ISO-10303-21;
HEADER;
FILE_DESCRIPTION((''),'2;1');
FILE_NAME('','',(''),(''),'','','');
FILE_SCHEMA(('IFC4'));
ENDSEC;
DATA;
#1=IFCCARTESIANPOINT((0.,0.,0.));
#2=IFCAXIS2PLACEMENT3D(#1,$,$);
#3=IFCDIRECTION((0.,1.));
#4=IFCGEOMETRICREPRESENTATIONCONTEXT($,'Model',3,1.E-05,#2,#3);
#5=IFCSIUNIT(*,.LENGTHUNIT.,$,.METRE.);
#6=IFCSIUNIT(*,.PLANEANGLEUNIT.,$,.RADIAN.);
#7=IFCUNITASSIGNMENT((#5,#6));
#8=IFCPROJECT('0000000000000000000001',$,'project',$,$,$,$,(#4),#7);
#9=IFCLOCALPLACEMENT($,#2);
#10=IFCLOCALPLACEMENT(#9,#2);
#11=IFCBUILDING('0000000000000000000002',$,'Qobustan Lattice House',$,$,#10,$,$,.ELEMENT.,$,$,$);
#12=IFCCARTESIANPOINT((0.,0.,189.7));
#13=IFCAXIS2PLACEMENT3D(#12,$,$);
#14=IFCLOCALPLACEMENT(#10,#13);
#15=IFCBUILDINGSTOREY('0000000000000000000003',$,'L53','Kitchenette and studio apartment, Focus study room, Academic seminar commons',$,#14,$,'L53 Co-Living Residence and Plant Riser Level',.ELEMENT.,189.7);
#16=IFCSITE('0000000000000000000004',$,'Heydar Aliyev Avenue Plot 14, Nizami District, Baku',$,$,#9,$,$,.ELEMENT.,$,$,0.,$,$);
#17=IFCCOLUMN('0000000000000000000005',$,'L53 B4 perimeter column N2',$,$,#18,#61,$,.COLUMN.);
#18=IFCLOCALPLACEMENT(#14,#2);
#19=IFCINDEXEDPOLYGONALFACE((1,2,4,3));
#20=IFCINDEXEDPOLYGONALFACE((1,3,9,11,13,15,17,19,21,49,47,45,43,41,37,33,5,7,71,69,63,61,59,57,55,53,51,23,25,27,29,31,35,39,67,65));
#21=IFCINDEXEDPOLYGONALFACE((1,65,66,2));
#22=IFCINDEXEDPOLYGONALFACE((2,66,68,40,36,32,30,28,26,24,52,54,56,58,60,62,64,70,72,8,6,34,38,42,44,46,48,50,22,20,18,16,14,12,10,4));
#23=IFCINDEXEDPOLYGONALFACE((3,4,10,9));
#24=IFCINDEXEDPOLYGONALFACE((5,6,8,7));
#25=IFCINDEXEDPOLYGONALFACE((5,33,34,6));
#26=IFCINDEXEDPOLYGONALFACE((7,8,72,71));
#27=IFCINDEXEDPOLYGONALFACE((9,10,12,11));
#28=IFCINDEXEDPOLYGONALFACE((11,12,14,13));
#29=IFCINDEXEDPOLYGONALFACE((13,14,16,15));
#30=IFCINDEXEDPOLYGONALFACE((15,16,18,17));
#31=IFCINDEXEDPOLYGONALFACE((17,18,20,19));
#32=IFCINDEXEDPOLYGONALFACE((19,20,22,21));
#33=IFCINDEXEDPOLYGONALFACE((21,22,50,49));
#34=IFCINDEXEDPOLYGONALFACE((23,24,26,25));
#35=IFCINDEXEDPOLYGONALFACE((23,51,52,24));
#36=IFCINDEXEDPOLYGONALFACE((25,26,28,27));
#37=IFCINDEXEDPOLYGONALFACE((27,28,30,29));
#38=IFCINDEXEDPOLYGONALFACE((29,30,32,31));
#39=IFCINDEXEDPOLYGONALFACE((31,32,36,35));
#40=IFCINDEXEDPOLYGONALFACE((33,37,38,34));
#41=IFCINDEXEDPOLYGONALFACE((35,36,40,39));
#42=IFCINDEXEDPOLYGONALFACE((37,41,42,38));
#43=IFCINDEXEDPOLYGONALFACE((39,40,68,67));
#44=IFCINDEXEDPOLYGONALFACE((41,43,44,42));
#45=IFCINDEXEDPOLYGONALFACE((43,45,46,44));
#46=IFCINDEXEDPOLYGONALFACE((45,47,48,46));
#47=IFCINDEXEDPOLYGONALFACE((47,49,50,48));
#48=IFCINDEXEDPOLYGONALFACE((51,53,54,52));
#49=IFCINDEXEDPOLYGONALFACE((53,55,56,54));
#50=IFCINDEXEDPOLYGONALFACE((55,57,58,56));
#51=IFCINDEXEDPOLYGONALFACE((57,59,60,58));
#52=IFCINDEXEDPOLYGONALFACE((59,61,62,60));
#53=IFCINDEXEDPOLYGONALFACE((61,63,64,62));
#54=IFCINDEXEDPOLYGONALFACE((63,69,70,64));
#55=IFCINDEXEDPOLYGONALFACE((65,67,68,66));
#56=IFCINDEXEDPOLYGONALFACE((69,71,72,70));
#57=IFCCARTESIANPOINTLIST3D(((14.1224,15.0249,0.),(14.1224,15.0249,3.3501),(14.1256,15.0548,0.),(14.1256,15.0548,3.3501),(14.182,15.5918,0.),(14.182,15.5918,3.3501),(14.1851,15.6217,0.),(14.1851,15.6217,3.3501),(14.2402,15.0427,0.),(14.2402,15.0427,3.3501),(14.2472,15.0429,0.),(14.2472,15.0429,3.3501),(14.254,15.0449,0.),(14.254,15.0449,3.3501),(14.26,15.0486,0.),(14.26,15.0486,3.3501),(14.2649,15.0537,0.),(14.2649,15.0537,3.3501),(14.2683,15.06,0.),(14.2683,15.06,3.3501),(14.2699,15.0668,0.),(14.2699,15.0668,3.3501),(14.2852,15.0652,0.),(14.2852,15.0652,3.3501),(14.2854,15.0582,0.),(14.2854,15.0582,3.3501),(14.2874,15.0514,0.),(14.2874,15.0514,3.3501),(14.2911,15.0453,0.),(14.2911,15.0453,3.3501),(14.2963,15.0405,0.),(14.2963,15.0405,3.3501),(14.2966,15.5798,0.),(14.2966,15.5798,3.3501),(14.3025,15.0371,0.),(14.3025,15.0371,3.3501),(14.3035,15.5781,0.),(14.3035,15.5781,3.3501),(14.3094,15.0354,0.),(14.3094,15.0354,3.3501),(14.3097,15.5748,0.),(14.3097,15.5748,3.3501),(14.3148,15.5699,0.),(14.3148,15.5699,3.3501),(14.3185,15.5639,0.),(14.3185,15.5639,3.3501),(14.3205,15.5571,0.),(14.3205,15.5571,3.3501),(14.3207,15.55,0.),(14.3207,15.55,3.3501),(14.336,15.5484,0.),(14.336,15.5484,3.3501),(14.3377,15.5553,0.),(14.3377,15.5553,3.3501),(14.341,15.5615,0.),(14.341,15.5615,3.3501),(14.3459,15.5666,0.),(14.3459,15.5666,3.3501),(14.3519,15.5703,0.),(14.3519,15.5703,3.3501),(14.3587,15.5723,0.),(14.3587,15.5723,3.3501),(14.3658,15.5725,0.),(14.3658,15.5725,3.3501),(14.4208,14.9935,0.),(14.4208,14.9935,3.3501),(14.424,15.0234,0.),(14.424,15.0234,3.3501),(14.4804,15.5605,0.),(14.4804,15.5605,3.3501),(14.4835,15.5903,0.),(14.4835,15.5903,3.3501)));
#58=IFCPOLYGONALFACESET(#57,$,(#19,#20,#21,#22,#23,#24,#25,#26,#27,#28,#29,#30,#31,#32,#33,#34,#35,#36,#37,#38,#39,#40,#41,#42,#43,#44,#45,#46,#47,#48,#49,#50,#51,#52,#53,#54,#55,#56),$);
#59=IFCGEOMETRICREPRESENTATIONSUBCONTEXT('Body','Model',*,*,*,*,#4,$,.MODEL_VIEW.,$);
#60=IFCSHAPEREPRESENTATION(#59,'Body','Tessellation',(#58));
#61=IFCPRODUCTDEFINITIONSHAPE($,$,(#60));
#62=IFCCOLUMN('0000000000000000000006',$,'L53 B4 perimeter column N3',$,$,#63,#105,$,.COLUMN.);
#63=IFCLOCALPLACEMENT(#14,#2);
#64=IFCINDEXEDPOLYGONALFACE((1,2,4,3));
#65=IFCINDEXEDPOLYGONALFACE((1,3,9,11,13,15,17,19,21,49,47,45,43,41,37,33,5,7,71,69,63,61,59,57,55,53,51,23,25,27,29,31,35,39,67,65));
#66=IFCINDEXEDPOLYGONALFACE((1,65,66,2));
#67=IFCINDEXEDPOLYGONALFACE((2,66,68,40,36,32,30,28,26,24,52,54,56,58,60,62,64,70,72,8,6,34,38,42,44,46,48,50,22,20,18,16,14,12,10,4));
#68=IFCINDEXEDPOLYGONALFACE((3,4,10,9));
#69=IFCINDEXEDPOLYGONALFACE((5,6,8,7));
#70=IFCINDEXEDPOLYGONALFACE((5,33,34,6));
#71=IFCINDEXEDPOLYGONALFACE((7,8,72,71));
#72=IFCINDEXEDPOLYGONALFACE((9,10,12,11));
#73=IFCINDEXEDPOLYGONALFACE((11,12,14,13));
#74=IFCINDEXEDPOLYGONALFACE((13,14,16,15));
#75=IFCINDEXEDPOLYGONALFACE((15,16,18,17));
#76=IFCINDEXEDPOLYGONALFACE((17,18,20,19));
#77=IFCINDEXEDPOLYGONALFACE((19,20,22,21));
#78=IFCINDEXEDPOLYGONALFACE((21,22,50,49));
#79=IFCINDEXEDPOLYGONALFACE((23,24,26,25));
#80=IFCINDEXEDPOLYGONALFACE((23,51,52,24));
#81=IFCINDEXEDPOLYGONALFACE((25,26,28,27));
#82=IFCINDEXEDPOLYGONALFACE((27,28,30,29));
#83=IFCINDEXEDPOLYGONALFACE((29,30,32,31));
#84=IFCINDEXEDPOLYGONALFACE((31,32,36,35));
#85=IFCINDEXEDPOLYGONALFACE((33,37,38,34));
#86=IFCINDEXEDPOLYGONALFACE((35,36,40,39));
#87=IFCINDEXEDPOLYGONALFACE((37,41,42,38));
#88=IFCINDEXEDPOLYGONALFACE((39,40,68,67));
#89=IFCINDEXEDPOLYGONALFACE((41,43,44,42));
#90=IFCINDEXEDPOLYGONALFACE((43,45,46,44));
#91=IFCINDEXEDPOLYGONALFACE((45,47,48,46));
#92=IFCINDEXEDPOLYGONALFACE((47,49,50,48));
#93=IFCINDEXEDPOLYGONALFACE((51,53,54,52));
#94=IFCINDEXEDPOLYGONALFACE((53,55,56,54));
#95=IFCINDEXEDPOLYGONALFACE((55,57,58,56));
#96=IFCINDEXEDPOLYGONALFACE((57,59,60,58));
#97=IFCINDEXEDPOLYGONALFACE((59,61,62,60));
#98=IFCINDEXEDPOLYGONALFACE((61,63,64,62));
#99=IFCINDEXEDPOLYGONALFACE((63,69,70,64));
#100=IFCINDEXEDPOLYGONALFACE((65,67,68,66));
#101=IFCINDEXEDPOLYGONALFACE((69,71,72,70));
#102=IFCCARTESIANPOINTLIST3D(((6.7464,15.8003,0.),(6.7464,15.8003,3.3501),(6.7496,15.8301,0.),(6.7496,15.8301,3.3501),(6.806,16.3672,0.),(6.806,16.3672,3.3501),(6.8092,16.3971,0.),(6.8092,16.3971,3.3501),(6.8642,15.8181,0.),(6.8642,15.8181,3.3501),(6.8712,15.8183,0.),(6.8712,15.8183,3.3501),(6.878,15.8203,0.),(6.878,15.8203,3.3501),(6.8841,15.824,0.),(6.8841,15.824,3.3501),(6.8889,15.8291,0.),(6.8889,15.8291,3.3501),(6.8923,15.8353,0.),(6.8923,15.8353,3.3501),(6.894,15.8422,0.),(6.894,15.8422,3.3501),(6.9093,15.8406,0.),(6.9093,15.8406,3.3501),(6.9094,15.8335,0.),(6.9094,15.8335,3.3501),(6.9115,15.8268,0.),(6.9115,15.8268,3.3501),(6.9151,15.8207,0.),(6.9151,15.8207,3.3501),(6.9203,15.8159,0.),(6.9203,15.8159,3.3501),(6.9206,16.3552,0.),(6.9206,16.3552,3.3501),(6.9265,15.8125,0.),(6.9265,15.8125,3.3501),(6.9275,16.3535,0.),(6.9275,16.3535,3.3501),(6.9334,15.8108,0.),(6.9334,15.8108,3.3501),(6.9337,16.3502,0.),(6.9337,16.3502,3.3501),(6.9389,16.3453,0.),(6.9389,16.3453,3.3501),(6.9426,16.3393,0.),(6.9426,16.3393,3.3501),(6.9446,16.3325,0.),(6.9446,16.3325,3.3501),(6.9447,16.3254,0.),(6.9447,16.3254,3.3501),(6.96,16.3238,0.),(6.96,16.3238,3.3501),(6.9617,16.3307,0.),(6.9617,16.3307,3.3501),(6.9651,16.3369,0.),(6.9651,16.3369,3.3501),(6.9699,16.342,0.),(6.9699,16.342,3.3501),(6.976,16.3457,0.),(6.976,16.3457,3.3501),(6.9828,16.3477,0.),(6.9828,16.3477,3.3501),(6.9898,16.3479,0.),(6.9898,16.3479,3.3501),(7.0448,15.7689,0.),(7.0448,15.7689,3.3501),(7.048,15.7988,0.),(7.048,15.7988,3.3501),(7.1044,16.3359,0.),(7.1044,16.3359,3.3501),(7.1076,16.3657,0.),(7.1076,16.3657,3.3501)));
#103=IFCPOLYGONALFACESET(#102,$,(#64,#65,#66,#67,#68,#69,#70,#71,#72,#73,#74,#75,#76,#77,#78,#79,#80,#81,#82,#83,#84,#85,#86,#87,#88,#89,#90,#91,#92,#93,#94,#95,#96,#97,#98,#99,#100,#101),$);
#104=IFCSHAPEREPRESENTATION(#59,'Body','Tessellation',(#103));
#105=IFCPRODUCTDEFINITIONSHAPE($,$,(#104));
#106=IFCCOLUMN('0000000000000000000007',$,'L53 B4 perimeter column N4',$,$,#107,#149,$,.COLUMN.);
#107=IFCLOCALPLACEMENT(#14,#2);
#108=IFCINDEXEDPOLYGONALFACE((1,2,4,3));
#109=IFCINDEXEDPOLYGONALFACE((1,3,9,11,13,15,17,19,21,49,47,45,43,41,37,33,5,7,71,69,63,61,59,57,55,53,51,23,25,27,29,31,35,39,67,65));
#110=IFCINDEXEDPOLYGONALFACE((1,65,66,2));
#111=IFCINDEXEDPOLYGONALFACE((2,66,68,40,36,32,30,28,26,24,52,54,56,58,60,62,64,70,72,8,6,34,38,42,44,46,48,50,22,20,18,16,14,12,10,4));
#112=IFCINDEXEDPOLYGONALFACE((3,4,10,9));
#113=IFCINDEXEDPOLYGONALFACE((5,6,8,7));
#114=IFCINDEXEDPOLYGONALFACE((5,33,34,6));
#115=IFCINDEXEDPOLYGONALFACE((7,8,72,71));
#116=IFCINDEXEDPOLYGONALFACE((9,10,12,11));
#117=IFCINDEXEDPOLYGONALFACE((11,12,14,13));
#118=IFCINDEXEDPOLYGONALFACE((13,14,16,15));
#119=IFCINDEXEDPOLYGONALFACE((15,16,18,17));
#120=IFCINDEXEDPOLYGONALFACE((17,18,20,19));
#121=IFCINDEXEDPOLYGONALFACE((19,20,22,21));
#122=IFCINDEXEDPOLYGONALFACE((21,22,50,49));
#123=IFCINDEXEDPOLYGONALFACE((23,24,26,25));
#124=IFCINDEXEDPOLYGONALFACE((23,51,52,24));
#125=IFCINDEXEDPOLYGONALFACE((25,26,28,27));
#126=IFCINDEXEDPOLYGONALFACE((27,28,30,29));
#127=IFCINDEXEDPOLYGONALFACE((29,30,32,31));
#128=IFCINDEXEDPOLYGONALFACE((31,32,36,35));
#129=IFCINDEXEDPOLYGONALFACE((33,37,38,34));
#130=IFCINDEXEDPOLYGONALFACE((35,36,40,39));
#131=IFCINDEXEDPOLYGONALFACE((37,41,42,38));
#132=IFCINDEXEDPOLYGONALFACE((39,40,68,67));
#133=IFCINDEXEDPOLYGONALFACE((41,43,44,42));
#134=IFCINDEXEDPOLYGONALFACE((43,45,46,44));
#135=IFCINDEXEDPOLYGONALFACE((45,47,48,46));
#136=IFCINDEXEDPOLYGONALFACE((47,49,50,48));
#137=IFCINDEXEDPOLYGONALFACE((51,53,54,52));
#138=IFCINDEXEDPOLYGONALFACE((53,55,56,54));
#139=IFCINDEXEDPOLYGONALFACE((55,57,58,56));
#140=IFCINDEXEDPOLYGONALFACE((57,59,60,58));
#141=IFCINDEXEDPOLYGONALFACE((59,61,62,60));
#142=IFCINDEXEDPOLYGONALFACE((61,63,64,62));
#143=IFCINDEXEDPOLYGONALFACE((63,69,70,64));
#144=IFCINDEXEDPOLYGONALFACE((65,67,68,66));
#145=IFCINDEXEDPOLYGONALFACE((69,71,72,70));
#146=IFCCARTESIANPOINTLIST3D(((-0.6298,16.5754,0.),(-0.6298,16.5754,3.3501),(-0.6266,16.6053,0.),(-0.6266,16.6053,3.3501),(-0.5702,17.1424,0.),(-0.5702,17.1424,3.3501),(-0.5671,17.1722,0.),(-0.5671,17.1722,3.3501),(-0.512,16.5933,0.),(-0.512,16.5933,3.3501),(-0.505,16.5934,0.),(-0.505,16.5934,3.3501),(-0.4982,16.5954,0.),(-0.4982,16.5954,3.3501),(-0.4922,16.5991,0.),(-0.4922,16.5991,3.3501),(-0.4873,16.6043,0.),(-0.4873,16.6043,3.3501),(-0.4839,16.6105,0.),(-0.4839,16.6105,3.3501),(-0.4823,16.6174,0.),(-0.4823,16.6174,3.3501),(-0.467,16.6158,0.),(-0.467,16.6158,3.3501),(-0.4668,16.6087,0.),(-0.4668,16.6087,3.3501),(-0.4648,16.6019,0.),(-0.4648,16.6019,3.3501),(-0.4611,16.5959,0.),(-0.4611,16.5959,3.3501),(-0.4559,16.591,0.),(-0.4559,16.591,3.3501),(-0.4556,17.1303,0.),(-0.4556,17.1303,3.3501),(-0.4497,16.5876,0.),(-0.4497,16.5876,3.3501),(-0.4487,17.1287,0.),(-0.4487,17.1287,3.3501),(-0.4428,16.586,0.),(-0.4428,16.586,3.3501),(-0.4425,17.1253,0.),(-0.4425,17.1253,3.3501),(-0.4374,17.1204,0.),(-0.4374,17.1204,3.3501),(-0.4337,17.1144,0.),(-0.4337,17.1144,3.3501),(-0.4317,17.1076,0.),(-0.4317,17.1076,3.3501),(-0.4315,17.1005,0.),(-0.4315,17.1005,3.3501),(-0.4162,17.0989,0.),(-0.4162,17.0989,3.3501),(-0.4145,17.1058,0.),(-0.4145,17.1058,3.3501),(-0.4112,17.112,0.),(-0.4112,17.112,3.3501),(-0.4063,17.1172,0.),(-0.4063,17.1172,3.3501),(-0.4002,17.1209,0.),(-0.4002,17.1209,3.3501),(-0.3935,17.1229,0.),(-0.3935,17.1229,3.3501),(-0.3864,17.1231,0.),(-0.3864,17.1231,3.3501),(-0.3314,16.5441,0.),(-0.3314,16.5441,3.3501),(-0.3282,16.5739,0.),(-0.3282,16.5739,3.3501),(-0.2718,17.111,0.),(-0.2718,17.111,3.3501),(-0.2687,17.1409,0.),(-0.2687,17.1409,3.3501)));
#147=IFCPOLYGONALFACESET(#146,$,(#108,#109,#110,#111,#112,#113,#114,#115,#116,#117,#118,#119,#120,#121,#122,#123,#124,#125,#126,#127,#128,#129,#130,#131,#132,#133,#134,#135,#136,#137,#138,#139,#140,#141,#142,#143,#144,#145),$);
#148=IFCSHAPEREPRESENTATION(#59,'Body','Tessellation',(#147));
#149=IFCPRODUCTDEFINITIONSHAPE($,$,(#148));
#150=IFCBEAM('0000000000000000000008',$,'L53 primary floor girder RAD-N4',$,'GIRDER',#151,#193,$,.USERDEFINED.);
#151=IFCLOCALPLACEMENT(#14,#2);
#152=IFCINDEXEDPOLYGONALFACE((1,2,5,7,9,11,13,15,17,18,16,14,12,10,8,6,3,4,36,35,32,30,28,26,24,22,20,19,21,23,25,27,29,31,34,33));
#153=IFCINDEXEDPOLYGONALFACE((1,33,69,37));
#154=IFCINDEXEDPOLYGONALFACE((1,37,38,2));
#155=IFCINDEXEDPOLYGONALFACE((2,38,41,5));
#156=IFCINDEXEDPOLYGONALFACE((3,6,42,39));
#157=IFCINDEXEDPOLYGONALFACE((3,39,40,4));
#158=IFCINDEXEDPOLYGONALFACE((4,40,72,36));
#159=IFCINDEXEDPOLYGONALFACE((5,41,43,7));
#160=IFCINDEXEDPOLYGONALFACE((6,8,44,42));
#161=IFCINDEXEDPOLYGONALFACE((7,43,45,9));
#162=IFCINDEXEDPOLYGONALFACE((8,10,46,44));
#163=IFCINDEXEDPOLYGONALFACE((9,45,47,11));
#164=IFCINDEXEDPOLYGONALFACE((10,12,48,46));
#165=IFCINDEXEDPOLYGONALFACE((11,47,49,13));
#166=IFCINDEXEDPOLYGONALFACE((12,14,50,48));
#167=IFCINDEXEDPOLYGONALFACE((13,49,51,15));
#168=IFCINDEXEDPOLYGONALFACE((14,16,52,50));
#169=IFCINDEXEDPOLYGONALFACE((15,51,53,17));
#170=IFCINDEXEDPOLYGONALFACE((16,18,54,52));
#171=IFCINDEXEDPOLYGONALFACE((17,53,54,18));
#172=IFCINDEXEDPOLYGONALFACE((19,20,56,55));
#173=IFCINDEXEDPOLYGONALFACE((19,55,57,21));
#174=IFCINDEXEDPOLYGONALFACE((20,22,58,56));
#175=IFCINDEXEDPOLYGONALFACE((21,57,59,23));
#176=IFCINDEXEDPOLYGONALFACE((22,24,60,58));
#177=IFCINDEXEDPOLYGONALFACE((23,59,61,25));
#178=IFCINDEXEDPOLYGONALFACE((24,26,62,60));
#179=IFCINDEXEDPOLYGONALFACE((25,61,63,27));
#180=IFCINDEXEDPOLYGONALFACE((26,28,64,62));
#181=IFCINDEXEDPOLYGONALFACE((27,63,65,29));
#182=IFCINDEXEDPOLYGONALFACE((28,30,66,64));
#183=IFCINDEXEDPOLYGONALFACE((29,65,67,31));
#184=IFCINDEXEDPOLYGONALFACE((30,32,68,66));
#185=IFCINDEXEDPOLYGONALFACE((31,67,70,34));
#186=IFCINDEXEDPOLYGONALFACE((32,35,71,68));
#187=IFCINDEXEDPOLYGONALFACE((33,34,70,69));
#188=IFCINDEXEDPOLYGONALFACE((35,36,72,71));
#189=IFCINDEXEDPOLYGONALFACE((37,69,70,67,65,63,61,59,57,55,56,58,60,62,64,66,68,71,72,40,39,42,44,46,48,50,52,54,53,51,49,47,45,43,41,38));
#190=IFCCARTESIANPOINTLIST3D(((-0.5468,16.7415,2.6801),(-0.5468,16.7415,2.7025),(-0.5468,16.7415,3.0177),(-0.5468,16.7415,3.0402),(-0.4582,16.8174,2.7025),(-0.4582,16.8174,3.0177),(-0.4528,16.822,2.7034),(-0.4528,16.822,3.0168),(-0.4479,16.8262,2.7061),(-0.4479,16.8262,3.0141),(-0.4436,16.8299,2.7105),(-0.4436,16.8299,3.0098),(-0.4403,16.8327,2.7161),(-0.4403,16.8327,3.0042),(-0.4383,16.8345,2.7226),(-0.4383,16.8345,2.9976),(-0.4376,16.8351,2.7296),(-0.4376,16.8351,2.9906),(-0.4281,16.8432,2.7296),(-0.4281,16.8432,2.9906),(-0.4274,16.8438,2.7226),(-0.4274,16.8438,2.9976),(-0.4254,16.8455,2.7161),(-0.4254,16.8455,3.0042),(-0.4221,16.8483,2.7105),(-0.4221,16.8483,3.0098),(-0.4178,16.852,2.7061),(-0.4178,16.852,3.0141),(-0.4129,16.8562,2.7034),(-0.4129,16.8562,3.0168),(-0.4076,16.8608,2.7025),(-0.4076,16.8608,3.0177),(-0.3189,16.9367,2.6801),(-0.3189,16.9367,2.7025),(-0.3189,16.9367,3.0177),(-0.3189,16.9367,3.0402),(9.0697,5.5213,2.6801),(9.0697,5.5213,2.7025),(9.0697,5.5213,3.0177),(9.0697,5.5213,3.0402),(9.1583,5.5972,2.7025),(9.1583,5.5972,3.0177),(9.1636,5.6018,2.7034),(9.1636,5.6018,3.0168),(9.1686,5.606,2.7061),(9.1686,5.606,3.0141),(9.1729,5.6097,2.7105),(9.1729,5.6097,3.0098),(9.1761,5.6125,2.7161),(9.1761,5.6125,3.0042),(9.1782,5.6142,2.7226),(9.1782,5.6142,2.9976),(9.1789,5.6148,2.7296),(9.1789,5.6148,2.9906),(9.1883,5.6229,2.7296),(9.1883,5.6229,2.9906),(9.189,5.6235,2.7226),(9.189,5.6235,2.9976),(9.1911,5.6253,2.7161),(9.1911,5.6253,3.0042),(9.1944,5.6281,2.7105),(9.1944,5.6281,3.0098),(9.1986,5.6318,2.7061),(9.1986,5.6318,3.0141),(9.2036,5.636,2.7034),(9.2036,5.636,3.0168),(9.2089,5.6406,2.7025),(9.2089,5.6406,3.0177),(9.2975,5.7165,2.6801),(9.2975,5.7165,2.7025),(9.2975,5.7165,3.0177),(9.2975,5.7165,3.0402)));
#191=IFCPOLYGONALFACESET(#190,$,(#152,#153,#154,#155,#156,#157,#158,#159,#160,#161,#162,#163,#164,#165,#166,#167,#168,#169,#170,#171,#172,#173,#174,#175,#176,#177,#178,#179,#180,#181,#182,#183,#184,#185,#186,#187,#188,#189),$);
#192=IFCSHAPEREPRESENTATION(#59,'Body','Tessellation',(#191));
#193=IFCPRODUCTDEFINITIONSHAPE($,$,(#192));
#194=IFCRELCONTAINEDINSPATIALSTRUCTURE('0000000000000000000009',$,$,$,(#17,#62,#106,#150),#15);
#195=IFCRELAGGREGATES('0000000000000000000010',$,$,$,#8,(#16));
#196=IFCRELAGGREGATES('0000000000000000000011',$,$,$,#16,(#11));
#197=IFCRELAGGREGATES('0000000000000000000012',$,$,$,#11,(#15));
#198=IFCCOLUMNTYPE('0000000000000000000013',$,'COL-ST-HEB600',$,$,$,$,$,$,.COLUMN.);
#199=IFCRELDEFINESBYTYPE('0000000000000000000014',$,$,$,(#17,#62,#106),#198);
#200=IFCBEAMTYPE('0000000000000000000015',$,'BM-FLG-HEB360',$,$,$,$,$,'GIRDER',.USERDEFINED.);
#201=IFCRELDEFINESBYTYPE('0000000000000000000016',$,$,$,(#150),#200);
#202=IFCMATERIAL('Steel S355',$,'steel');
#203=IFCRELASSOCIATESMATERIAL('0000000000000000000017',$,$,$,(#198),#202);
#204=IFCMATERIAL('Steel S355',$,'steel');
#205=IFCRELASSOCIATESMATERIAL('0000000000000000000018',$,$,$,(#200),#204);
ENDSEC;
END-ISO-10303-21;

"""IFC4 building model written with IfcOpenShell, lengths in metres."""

from ifc_helpers import new_model, si_unit, direction, frame, origin, origin_2d, place, context, subcontext, project, spatial, i_section, extrude, material, material_profile, profile_set, type_object, element, save


model = new_model("IFC4")

# Units and contexts
model_context = context("Model", 3, precision=1e-05, world=origin(), true_north=direction((0.0, 1.0)))
body_context = subcontext(model_context, "Body", "Model", "MODEL_VIEW")
ifc_project = project(units=[si_unit("LENGTHUNIT", "METRE"), si_unit("PLANEANGLEUNIT", "RADIAN")], contexts=[model_context])

# Site, building, storey
site_placement = place(None, origin())
site = spatial("IfcSite", under=ifc_project, at=site_placement, Name="Heydar Aliyev Avenue Plot 14, Nizami District, Baku", CompositionType="ELEMENT", RefElevation=0.0)
building_placement = place(site_placement, origin())
building = spatial("IfcBuilding", under=site, at=building_placement, Name="Qobustan Lattice House", CompositionType="ELEMENT")
storey_placement = place(building_placement, frame((0.0, 0.0, 189.7)))
storey = spatial("IfcBuildingStorey", under=building, at=storey_placement, Name="L53", Description="Kitchenette and studio apartment, Focus study room, Academic seminar commons", LongName="L53 Co-Living Residence and Plant Riser Level", CompositionType="ELEMENT", Elevation=189.7)

# Columns
ifc_material_1 = material(Name="Steel S355", Category="steel")
ifc_material_profile_1 = material_profile(ifc_material_1, i_section(OverallWidth=0.3, OverallDepth=0.6001, WebThickness=0.0154, FlangeThickness=0.03, FilletRadius=0.0271, at=origin_2d()), Name="HEB600")
ifc_profile_set_1 = profile_set([ifc_material_profile_1], Name="Steel S355")
column_type = type_object("IfcColumnType", Name="COL-ST-HEB600", PredefinedType="COLUMN", material=ifc_profile_set_1)
for number, where, z_axis, x_axis, name in (
    (1, (14.303, 15.3076, 0.0), (0.0, 0.0, 1.0), (0.994522, -0.104528, 0.0), "L53 B4 perimeter column N2"),
    (2, (6.927, 16.083, 0.0), (0.0, 0.0, 1.0), (0.994522, -0.104528, 0.0), "L53 B4 perimeter column N3"),
    (3, (-0.4492, 16.8582, 0.0), (0.0, 0.0, 1.0), (0.994522, -0.104528, 0.0), "L53 B4 perimeter column N4"),
):
    element("IfcColumn", number, at=place(storey_placement, frame(where, z_axis=z_axis, x_axis=x_axis)), inside=storey, type_object=column_type, Name=name, PredefinedType="COLUMN", context=body_context, shape_type="SweptSolid", body=[
        extrude(i_section(OverallWidth=0.3, OverallDepth=0.6001, WebThickness=0.0154, FlangeThickness=0.03, FilletRadius=0.0271, at=origin_2d()), origin(), (0.0, 0.0, 1.0), 3.3501),
    ])

# Beam
ifc_material_2 = material(Name="Steel S355", Category="steel")
ifc_material_profile_2 = material_profile(ifc_material_2, i_section(OverallWidth=0.3, OverallDepth=0.3601, WebThickness=0.0125, FlangeThickness=0.0225, FilletRadius=0.0271, at=origin_2d()), Name="HEB360")
ifc_profile_set_2 = profile_set([ifc_material_profile_2], Name="Steel S355")
beam_type_1 = type_object("IfcBeamType", Name="BM-FLG-HEB360", ElementType="GIRDER", PredefinedType="USERDEFINED", material=ifc_profile_set_2)
beam_1_placement = place(storey_placement, frame((-0.4329, 16.8391, 2.8601), z_axis=(0.650757, -0.759286, 0.0), x_axis=(0.759286, 0.650757, 0.0)))
element("IfcBeam", 4, at=beam_1_placement, inside=storey, type_object=beam_type_1, Name="L53 primary floor girder RAD-N4", ObjectType="GIRDER", PredefinedType="USERDEFINED", context=body_context, shape_type="SweptSolid", body=[
    extrude(i_section(OverallWidth=0.3, OverallDepth=0.3601, WebThickness=0.0125, FlangeThickness=0.0225, FilletRadius=0.0271, at=origin_2d()), origin(), (0.0, 0.0, 1.0), 14.7773),
])

save(model, "model.ifc")
